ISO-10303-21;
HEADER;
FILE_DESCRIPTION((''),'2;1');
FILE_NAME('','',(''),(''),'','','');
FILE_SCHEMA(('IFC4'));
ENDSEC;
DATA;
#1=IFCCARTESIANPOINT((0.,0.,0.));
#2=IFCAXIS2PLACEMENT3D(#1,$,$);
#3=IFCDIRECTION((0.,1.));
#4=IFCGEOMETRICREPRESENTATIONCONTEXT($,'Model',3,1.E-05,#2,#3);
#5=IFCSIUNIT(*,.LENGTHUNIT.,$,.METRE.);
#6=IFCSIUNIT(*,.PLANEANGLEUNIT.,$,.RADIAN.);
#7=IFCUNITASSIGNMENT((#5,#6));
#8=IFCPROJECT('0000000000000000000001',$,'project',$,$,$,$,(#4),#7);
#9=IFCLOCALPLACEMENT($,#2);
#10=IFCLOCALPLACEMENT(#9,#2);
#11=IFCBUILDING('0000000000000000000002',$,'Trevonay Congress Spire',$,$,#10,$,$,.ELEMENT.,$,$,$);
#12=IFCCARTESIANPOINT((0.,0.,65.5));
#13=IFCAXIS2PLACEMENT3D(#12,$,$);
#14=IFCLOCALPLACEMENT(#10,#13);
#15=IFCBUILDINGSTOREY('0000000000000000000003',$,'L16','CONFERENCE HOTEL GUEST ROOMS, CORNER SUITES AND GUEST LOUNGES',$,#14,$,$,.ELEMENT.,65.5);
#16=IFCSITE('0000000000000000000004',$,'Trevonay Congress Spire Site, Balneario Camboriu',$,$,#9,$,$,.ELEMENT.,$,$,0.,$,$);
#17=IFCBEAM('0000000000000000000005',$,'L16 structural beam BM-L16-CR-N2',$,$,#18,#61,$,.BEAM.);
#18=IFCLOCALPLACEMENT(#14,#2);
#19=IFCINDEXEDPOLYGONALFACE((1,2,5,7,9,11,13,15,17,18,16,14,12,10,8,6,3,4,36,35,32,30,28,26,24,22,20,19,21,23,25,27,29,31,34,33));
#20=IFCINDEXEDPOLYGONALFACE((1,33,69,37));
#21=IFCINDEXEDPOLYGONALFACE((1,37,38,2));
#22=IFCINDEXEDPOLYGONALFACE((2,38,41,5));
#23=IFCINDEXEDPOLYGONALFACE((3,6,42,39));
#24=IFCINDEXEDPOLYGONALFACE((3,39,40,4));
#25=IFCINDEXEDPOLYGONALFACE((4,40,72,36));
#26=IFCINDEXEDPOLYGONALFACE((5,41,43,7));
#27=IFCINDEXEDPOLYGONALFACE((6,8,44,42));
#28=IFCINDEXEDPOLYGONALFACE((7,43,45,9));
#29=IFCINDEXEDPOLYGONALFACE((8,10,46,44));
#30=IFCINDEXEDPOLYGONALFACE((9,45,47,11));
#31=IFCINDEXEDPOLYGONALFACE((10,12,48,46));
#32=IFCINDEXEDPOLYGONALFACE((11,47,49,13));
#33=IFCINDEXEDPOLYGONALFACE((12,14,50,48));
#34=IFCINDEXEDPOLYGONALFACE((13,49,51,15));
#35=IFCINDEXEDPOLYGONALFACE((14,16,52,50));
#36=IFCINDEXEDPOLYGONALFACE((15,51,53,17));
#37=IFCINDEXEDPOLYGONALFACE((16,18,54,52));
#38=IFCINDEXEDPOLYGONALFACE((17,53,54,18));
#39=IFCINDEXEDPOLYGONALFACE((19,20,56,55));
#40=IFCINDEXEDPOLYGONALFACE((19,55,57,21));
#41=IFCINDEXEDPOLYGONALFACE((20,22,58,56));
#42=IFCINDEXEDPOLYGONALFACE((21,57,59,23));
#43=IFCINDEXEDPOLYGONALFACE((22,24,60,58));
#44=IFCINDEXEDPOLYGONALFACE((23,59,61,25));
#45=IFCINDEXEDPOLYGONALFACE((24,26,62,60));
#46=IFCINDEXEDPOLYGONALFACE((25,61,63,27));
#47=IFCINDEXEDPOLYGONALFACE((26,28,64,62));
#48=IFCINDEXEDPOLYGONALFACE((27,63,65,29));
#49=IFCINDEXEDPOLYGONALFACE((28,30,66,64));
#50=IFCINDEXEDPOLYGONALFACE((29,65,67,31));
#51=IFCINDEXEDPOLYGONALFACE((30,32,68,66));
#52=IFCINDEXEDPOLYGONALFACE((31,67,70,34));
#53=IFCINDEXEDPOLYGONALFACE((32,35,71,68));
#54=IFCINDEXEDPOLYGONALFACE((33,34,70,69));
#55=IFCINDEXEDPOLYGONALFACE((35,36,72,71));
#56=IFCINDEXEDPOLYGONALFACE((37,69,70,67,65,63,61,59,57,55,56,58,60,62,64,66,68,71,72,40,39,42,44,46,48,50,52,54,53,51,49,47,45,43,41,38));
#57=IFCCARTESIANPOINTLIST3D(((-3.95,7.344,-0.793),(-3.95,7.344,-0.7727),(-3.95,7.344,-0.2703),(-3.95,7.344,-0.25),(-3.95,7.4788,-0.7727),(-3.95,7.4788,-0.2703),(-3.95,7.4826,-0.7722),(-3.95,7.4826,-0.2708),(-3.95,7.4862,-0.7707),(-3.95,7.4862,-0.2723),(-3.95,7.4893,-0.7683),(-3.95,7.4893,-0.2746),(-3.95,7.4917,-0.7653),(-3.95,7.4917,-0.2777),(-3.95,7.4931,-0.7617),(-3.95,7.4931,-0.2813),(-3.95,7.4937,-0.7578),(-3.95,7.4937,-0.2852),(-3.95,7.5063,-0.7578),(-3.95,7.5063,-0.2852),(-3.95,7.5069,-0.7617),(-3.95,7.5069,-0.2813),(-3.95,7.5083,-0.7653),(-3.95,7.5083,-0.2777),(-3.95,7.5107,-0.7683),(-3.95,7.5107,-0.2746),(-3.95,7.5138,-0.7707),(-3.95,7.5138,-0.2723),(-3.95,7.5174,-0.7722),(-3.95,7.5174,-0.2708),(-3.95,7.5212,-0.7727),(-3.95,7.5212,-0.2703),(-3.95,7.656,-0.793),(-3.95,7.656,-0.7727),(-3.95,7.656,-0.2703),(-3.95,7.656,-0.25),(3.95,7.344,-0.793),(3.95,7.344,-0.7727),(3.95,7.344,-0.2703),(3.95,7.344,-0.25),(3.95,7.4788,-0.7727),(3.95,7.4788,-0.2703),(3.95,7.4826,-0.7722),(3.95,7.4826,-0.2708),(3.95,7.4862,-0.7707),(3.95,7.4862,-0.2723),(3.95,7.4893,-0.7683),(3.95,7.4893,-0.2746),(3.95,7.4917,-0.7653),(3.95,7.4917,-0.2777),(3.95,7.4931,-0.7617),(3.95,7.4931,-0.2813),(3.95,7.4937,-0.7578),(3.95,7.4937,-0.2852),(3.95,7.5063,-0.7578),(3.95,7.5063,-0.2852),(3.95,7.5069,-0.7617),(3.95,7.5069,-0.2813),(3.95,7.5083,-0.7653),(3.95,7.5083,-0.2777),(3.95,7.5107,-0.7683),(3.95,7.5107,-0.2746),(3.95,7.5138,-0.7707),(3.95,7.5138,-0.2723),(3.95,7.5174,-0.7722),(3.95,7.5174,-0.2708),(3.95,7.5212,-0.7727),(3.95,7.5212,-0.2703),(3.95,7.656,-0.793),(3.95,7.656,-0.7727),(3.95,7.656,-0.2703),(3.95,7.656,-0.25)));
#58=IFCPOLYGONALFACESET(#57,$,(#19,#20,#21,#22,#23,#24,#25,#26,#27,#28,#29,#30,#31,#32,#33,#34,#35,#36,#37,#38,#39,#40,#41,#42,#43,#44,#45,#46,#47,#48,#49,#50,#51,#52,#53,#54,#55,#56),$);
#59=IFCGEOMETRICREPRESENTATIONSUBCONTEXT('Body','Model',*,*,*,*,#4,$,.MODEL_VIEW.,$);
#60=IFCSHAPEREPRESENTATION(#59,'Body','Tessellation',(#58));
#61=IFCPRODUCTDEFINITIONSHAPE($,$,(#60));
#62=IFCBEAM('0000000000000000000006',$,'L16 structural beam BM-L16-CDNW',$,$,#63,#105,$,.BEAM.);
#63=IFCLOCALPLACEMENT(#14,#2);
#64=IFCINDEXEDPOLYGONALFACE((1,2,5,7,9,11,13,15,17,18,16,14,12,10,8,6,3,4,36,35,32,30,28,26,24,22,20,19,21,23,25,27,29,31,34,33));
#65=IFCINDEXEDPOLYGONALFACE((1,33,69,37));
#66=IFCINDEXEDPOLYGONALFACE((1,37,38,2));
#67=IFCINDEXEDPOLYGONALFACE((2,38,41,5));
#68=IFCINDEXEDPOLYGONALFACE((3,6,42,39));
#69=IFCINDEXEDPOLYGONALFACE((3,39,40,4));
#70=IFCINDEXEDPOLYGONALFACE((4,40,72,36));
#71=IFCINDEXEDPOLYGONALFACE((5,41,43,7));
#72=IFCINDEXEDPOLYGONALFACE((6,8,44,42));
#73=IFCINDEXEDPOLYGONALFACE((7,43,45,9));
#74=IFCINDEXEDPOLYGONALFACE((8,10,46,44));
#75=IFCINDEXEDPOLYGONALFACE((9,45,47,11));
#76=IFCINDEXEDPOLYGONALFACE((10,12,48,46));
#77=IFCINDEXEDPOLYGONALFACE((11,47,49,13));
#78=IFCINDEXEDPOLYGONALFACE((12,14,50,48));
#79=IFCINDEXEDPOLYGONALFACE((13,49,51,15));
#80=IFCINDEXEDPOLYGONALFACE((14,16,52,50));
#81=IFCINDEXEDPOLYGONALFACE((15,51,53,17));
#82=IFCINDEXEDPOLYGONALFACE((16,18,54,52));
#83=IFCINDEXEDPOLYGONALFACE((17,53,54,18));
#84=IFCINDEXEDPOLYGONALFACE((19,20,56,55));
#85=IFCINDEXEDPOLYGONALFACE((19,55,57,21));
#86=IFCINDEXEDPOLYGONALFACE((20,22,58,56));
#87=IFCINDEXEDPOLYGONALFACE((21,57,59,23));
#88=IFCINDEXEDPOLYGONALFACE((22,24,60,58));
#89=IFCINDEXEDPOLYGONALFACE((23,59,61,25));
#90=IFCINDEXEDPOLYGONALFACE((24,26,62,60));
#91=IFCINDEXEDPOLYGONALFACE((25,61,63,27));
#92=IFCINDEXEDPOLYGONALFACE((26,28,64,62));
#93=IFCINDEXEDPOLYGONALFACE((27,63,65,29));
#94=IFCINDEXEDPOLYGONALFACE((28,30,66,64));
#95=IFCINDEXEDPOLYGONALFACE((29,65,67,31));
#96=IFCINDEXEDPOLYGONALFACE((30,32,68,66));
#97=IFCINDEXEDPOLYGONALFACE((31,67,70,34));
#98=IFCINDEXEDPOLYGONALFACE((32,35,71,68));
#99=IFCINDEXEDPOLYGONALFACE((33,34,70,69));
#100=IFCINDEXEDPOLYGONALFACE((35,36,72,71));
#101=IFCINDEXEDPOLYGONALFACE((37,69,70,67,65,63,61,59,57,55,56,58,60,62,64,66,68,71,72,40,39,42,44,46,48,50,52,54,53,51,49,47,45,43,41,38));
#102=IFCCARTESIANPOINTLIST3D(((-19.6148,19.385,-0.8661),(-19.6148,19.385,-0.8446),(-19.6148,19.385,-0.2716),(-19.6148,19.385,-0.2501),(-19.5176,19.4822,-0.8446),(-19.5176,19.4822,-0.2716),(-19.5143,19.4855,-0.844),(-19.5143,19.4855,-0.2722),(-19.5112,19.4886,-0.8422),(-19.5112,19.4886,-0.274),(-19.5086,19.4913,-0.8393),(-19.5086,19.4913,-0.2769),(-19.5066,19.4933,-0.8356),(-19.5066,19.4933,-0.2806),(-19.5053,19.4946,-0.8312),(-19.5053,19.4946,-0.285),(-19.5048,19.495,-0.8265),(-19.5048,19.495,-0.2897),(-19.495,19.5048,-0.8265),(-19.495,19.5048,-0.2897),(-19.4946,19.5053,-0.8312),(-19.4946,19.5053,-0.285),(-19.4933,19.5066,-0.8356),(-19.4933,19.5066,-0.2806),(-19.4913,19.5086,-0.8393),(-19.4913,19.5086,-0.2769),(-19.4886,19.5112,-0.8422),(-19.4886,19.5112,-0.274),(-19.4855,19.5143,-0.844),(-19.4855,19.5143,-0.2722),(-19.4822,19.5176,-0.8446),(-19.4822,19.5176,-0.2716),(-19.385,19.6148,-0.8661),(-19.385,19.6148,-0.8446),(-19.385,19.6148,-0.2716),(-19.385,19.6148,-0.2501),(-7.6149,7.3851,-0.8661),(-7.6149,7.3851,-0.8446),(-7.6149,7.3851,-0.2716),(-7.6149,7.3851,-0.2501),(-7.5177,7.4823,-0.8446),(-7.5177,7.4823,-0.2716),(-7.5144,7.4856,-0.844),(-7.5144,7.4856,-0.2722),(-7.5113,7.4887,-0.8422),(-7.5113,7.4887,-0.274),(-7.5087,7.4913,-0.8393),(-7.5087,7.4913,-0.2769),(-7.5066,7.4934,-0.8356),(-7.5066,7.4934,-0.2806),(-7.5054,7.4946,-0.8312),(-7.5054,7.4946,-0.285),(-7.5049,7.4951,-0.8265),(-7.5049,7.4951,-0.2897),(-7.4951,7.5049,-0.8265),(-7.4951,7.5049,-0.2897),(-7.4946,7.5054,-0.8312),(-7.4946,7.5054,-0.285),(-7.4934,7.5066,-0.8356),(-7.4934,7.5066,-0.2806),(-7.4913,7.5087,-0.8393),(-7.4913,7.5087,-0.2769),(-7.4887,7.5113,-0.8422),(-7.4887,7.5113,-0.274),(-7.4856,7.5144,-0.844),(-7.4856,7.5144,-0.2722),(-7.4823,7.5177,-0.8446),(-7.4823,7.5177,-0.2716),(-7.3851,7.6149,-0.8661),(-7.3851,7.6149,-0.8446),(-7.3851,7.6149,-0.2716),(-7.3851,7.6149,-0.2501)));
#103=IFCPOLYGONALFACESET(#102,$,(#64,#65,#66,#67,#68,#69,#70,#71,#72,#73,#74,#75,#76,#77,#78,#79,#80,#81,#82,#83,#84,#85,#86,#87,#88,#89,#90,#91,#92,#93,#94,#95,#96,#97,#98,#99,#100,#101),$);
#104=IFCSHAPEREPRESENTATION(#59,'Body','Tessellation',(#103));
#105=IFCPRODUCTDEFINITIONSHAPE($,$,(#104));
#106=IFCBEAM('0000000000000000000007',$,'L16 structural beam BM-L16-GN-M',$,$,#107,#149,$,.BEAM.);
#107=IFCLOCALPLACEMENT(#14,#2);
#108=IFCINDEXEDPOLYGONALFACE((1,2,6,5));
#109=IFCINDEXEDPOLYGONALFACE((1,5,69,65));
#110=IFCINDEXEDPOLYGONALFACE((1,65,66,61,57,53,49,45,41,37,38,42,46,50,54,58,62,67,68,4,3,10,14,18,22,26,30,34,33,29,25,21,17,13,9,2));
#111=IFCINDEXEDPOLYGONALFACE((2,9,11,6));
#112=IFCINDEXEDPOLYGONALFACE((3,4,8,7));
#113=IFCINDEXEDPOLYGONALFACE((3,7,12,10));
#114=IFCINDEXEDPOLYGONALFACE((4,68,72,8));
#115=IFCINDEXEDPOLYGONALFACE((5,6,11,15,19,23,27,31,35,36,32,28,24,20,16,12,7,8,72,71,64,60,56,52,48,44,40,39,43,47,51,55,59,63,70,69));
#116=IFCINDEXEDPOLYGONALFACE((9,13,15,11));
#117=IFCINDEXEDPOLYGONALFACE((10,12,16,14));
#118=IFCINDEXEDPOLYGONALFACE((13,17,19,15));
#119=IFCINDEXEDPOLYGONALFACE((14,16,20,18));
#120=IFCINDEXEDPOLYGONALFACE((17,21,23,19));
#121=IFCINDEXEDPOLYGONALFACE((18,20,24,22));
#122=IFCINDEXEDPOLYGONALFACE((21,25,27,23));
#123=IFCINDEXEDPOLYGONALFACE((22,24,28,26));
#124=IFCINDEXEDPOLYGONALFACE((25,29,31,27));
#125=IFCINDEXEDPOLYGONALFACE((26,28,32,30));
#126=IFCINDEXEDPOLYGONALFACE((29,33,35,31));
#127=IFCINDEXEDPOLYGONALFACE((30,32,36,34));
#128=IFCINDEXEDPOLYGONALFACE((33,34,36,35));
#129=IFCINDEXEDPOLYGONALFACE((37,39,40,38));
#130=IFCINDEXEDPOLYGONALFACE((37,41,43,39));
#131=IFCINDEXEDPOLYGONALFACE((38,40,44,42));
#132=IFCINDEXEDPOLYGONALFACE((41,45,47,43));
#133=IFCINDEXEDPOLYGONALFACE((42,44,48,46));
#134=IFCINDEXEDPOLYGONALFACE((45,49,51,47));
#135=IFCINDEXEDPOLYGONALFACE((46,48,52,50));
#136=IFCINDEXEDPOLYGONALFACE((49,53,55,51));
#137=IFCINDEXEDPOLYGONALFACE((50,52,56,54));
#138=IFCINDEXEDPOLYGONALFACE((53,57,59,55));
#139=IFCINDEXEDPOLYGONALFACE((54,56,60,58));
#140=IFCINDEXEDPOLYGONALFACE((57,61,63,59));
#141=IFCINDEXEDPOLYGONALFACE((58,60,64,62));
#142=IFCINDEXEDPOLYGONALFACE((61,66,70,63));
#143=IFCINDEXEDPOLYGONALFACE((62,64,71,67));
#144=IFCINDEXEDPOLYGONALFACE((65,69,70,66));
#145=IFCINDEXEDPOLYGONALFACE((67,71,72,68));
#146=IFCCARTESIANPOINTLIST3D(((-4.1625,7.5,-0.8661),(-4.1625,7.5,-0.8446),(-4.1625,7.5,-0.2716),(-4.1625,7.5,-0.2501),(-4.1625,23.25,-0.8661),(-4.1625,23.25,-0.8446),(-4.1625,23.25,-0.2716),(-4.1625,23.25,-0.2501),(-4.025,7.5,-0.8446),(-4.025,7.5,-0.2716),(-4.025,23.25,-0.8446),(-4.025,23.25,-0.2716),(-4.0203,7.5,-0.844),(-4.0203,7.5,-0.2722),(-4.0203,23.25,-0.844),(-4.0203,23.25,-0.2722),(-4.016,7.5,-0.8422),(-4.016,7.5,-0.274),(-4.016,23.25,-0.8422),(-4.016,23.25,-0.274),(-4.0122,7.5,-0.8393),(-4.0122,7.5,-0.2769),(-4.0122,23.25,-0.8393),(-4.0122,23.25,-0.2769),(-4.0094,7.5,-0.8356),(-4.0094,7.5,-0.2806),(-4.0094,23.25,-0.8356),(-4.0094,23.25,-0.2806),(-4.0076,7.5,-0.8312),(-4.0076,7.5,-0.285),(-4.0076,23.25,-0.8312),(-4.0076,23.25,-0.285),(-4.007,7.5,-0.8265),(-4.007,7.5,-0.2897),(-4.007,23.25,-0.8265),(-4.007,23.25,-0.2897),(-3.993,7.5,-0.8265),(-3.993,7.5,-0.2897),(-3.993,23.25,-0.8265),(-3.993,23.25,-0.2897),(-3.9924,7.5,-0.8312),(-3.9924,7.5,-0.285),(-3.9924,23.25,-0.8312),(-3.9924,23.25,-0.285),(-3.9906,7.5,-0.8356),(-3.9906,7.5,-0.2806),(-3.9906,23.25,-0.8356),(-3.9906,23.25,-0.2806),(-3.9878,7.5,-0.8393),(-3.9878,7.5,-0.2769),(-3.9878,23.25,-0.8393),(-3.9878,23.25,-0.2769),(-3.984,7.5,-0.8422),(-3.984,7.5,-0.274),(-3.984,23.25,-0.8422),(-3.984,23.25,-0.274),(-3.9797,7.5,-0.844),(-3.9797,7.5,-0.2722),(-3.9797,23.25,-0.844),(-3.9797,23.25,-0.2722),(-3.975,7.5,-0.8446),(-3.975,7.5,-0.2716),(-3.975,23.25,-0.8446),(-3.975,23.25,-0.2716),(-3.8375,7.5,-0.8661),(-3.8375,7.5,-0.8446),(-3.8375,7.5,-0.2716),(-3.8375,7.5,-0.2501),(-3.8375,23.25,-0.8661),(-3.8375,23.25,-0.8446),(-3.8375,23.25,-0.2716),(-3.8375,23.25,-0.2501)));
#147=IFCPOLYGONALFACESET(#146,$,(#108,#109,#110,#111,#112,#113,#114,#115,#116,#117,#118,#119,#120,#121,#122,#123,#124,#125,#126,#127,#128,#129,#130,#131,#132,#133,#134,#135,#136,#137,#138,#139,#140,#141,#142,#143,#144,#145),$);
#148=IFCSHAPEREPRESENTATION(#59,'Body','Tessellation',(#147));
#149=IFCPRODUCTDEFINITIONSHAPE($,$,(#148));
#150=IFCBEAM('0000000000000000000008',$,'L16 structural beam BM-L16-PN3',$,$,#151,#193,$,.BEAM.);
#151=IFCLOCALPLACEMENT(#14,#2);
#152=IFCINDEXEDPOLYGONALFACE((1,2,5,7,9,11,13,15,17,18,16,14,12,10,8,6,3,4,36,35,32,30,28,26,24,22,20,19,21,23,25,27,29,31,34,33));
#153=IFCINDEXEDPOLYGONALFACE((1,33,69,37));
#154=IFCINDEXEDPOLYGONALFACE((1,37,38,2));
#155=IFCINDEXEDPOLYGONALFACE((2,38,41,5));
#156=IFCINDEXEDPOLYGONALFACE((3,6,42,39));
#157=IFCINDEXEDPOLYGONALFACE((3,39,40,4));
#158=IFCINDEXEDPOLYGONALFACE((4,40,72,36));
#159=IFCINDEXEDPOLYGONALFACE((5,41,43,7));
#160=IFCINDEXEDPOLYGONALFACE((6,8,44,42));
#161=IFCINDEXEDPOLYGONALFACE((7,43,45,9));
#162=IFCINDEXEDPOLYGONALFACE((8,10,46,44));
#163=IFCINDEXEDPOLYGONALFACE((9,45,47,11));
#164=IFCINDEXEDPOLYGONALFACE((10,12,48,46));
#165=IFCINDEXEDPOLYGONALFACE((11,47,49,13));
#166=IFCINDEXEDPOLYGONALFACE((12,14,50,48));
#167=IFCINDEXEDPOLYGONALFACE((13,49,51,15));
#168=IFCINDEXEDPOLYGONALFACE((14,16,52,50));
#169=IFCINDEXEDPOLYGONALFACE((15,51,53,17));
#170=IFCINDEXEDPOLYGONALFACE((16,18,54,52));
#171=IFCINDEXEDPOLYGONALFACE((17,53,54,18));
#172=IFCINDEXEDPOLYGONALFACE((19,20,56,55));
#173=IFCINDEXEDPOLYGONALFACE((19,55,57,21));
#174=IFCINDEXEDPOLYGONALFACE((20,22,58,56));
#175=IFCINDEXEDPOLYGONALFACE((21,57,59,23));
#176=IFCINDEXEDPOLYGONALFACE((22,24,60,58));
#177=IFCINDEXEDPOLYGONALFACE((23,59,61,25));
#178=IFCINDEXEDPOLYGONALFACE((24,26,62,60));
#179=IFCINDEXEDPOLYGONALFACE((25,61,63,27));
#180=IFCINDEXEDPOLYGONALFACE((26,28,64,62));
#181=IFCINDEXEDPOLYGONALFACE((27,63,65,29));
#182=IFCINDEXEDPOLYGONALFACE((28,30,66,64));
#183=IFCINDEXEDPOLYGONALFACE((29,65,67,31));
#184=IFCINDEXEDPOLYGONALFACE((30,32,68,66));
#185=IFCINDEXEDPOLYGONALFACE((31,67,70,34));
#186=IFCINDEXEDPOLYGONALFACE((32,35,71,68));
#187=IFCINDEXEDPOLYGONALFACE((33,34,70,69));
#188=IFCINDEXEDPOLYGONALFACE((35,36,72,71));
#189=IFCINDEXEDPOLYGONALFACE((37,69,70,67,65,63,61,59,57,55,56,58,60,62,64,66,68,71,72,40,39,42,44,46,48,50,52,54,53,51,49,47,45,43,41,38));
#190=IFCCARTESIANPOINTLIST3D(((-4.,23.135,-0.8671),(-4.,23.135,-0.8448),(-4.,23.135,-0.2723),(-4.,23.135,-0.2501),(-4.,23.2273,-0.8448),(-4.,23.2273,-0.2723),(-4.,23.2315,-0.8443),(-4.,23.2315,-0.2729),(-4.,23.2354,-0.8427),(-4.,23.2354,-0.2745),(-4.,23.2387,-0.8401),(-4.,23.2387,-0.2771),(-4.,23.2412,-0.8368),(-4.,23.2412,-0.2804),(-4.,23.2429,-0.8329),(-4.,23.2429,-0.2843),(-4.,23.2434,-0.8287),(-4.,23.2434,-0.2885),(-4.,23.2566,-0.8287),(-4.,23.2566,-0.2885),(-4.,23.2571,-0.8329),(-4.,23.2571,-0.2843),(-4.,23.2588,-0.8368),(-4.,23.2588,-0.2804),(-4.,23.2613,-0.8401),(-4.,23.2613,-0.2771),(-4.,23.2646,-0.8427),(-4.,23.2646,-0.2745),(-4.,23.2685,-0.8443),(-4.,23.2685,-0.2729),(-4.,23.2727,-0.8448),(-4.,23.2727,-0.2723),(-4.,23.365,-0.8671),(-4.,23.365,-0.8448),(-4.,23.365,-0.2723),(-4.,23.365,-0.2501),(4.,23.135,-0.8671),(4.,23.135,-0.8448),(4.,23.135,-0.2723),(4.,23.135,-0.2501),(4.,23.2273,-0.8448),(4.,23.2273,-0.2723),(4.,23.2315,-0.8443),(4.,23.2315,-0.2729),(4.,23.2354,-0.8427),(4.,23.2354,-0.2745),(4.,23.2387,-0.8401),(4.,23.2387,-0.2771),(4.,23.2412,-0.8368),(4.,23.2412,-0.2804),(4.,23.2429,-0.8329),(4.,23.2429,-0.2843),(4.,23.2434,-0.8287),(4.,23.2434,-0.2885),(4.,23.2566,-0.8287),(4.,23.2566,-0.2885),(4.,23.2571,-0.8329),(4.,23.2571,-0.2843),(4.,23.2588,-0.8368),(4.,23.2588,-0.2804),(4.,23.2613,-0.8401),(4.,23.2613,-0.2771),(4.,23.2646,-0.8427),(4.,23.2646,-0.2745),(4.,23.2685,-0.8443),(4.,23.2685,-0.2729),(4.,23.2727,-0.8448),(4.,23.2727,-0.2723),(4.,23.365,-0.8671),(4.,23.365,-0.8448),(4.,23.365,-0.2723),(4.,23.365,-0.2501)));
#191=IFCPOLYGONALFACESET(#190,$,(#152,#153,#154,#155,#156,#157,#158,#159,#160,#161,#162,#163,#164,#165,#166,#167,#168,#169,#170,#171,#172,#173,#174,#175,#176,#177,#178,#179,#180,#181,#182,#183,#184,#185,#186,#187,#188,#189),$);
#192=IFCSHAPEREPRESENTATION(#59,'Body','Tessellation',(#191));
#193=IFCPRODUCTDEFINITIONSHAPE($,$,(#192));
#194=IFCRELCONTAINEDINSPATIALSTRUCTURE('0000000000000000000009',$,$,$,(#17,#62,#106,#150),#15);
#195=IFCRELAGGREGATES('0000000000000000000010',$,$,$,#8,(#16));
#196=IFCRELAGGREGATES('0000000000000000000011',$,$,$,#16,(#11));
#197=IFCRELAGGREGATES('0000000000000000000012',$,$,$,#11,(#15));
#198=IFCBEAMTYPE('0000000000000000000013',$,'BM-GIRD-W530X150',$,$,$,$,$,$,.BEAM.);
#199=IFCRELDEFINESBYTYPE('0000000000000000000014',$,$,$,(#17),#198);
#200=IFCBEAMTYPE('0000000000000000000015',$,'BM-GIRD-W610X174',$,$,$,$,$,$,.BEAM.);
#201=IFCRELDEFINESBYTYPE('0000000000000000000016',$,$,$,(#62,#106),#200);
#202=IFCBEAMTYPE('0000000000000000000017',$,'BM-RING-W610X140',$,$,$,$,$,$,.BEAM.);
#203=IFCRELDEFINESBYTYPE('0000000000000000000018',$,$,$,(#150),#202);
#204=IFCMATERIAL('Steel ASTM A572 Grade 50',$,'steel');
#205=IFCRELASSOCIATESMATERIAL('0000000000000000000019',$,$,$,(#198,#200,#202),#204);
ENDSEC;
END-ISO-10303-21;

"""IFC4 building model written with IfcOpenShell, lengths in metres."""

from ifc_helpers import new_model, si_unit, direction, frame, origin, origin_2d, place, context, subcontext, project, spatial, i_section, extrude, material, material_profile, profile_set, type_object, element, save


model = new_model("IFC4")

# Units and contexts
model_context = context("Model", 3, precision=1e-05, world=origin(), true_north=direction((0.0, 1.0)))
body_context = subcontext(model_context, "Body", "Model", "MODEL_VIEW")
ifc_project = project(units=[si_unit("LENGTHUNIT", "METRE"), si_unit("PLANEANGLEUNIT", "RADIAN")], contexts=[model_context])

# Site, building, storey
site_placement = place(None, origin())
site = spatial("IfcSite", under=ifc_project, at=site_placement, Name="Trevonay Congress Spire Site, Balneario Camboriu", CompositionType="ELEMENT", RefElevation=0.0)
building_placement = place(site_placement, origin())
building = spatial("IfcBuilding", under=site, at=building_placement, Name="Trevonay Congress Spire", CompositionType="ELEMENT")
storey_placement = place(building_placement, frame((0.0, 0.0, 65.5)))
storey = spatial("IfcBuildingStorey", under=building, at=storey_placement, Name="L16", Description="CONFERENCE HOTEL GUEST ROOMS, CORNER SUITES AND GUEST LOUNGES", CompositionType="ELEMENT", Elevation=65.5)

# Shared definitions
ifc_material_1 = material(Name="Steel ASTM A572 Grade 50", Category="steel")

# Beams
ifc_material_profile_1 = material_profile(ifc_material_1, i_section(OverallWidth=0.312, OverallDepth=0.543, WebThickness=0.0127, FlangeThickness=0.0203, FilletRadius=0.0149, at=origin_2d()), Name="W530x150")
ifc_profile_set_1 = profile_set([ifc_material_profile_1], Name="Steel ASTM A572 Grade 50")
beam_type_1 = type_object("IfcBeamType", Name="BM-GIRD-W530X150", PredefinedType="BEAM", material=ifc_profile_set_1)
beam_1_placement = place(storey_placement, frame((-3.95, 7.5, -0.5215), z_axis=(1.0, 0.0, 0.0), x_axis=(0.0, 1.0, 0.0)))
element("IfcBeam", 1, at=beam_1_placement, inside=storey, type_object=beam_type_1, Name="L16 structural beam BM-L16-CR-N2", PredefinedType="BEAM", context=body_context, shape_type="SweptSolid", body=[
    extrude(i_section(OverallWidth=0.312, OverallDepth=0.543, WebThickness=0.0127, FlangeThickness=0.0203, FilletRadius=0.0149, at=origin_2d()), origin(), (0.0, 0.0, 1.0), 7.8999),
])
ifc_material_profile_2 = material_profile(ifc_material_1, i_section(OverallWidth=0.325, OverallDepth=0.616, WebThickness=0.0139, FlangeThickness=0.0215, FilletRadius=0.0181, at=origin_2d()), Name="W610x174")
ifc_profile_set_2 = profile_set([ifc_material_profile_2], Name="Steel ASTM A572 Grade 50")
beam_type_2 = type_object("IfcBeamType", Name="BM-GIRD-W610X174", PredefinedType="BEAM", material=ifc_profile_set_2)
beam_2_placement = place(storey_placement, frame((-7.5, 7.5, -0.5581), z_axis=(-0.707107, 0.707107, 0.0), x_axis=(-0.707107, -0.707107, 0.0)))
element("IfcBeam", 2, at=beam_2_placement, inside=storey, type_object=beam_type_2, Name="L16 structural beam BM-L16-CDNW", PredefinedType="BEAM", context=body_context, shape_type="SweptSolid", body=[
    extrude(i_section(OverallWidth=0.325, OverallDepth=0.616, WebThickness=0.0139, FlangeThickness=0.0215, FilletRadius=0.0181, at=origin_2d()), origin(), (0.0, 0.0, 1.0), 16.9705),
])
beam_3_placement = place(storey_placement, frame((-4.0, 7.5, -0.5581), z_axis=(0.0, 1.0, 0.0), x_axis=(-1.0, 0.0, 0.0)))
element("IfcBeam", 3, at=beam_3_placement, inside=storey, type_object=beam_type_2, Name="L16 structural beam BM-L16-GN-M", PredefinedType="BEAM", context=body_context, shape_type="SweptSolid", body=[
    extrude(i_section(OverallWidth=0.325, OverallDepth=0.616, WebThickness=0.0139, FlangeThickness=0.0215, FilletRadius=0.0181, at=origin_2d()), origin(), (0.0, 0.0, 1.0), 15.75),
])
ifc_material_profile_3 = material_profile(ifc_material_1, i_section(OverallWidth=0.23, OverallDepth=0.6169, WebThickness=0.0132, FlangeThickness=0.0222, FilletRadius=0.0161, at=origin_2d()), Name="W610x140")
ifc_profile_set_3 = profile_set([ifc_material_profile_3], Name="Steel ASTM A572 Grade 50")
beam_type_3 = type_object("IfcBeamType", Name="BM-RING-W610X140", PredefinedType="BEAM", material=ifc_profile_set_3)
beam_4_placement = place(storey_placement, frame((-4.0, 23.25, -0.5586), z_axis=(1.0, 0.0, 0.0), x_axis=(0.0, 1.0, 0.0)))
element("IfcBeam", 4, at=beam_4_placement, inside=storey, type_object=beam_type_3, Name="L16 structural beam BM-L16-PN3", PredefinedType="BEAM", context=body_context, shape_type="SweptSolid", body=[
    extrude(i_section(OverallWidth=0.23, OverallDepth=0.6169, WebThickness=0.0132, FlangeThickness=0.0222, FilletRadius=0.0161, at=origin_2d()), origin(), (0.0, 0.0, 1.0), 8.0),
])

save(model, "model.ifc")
